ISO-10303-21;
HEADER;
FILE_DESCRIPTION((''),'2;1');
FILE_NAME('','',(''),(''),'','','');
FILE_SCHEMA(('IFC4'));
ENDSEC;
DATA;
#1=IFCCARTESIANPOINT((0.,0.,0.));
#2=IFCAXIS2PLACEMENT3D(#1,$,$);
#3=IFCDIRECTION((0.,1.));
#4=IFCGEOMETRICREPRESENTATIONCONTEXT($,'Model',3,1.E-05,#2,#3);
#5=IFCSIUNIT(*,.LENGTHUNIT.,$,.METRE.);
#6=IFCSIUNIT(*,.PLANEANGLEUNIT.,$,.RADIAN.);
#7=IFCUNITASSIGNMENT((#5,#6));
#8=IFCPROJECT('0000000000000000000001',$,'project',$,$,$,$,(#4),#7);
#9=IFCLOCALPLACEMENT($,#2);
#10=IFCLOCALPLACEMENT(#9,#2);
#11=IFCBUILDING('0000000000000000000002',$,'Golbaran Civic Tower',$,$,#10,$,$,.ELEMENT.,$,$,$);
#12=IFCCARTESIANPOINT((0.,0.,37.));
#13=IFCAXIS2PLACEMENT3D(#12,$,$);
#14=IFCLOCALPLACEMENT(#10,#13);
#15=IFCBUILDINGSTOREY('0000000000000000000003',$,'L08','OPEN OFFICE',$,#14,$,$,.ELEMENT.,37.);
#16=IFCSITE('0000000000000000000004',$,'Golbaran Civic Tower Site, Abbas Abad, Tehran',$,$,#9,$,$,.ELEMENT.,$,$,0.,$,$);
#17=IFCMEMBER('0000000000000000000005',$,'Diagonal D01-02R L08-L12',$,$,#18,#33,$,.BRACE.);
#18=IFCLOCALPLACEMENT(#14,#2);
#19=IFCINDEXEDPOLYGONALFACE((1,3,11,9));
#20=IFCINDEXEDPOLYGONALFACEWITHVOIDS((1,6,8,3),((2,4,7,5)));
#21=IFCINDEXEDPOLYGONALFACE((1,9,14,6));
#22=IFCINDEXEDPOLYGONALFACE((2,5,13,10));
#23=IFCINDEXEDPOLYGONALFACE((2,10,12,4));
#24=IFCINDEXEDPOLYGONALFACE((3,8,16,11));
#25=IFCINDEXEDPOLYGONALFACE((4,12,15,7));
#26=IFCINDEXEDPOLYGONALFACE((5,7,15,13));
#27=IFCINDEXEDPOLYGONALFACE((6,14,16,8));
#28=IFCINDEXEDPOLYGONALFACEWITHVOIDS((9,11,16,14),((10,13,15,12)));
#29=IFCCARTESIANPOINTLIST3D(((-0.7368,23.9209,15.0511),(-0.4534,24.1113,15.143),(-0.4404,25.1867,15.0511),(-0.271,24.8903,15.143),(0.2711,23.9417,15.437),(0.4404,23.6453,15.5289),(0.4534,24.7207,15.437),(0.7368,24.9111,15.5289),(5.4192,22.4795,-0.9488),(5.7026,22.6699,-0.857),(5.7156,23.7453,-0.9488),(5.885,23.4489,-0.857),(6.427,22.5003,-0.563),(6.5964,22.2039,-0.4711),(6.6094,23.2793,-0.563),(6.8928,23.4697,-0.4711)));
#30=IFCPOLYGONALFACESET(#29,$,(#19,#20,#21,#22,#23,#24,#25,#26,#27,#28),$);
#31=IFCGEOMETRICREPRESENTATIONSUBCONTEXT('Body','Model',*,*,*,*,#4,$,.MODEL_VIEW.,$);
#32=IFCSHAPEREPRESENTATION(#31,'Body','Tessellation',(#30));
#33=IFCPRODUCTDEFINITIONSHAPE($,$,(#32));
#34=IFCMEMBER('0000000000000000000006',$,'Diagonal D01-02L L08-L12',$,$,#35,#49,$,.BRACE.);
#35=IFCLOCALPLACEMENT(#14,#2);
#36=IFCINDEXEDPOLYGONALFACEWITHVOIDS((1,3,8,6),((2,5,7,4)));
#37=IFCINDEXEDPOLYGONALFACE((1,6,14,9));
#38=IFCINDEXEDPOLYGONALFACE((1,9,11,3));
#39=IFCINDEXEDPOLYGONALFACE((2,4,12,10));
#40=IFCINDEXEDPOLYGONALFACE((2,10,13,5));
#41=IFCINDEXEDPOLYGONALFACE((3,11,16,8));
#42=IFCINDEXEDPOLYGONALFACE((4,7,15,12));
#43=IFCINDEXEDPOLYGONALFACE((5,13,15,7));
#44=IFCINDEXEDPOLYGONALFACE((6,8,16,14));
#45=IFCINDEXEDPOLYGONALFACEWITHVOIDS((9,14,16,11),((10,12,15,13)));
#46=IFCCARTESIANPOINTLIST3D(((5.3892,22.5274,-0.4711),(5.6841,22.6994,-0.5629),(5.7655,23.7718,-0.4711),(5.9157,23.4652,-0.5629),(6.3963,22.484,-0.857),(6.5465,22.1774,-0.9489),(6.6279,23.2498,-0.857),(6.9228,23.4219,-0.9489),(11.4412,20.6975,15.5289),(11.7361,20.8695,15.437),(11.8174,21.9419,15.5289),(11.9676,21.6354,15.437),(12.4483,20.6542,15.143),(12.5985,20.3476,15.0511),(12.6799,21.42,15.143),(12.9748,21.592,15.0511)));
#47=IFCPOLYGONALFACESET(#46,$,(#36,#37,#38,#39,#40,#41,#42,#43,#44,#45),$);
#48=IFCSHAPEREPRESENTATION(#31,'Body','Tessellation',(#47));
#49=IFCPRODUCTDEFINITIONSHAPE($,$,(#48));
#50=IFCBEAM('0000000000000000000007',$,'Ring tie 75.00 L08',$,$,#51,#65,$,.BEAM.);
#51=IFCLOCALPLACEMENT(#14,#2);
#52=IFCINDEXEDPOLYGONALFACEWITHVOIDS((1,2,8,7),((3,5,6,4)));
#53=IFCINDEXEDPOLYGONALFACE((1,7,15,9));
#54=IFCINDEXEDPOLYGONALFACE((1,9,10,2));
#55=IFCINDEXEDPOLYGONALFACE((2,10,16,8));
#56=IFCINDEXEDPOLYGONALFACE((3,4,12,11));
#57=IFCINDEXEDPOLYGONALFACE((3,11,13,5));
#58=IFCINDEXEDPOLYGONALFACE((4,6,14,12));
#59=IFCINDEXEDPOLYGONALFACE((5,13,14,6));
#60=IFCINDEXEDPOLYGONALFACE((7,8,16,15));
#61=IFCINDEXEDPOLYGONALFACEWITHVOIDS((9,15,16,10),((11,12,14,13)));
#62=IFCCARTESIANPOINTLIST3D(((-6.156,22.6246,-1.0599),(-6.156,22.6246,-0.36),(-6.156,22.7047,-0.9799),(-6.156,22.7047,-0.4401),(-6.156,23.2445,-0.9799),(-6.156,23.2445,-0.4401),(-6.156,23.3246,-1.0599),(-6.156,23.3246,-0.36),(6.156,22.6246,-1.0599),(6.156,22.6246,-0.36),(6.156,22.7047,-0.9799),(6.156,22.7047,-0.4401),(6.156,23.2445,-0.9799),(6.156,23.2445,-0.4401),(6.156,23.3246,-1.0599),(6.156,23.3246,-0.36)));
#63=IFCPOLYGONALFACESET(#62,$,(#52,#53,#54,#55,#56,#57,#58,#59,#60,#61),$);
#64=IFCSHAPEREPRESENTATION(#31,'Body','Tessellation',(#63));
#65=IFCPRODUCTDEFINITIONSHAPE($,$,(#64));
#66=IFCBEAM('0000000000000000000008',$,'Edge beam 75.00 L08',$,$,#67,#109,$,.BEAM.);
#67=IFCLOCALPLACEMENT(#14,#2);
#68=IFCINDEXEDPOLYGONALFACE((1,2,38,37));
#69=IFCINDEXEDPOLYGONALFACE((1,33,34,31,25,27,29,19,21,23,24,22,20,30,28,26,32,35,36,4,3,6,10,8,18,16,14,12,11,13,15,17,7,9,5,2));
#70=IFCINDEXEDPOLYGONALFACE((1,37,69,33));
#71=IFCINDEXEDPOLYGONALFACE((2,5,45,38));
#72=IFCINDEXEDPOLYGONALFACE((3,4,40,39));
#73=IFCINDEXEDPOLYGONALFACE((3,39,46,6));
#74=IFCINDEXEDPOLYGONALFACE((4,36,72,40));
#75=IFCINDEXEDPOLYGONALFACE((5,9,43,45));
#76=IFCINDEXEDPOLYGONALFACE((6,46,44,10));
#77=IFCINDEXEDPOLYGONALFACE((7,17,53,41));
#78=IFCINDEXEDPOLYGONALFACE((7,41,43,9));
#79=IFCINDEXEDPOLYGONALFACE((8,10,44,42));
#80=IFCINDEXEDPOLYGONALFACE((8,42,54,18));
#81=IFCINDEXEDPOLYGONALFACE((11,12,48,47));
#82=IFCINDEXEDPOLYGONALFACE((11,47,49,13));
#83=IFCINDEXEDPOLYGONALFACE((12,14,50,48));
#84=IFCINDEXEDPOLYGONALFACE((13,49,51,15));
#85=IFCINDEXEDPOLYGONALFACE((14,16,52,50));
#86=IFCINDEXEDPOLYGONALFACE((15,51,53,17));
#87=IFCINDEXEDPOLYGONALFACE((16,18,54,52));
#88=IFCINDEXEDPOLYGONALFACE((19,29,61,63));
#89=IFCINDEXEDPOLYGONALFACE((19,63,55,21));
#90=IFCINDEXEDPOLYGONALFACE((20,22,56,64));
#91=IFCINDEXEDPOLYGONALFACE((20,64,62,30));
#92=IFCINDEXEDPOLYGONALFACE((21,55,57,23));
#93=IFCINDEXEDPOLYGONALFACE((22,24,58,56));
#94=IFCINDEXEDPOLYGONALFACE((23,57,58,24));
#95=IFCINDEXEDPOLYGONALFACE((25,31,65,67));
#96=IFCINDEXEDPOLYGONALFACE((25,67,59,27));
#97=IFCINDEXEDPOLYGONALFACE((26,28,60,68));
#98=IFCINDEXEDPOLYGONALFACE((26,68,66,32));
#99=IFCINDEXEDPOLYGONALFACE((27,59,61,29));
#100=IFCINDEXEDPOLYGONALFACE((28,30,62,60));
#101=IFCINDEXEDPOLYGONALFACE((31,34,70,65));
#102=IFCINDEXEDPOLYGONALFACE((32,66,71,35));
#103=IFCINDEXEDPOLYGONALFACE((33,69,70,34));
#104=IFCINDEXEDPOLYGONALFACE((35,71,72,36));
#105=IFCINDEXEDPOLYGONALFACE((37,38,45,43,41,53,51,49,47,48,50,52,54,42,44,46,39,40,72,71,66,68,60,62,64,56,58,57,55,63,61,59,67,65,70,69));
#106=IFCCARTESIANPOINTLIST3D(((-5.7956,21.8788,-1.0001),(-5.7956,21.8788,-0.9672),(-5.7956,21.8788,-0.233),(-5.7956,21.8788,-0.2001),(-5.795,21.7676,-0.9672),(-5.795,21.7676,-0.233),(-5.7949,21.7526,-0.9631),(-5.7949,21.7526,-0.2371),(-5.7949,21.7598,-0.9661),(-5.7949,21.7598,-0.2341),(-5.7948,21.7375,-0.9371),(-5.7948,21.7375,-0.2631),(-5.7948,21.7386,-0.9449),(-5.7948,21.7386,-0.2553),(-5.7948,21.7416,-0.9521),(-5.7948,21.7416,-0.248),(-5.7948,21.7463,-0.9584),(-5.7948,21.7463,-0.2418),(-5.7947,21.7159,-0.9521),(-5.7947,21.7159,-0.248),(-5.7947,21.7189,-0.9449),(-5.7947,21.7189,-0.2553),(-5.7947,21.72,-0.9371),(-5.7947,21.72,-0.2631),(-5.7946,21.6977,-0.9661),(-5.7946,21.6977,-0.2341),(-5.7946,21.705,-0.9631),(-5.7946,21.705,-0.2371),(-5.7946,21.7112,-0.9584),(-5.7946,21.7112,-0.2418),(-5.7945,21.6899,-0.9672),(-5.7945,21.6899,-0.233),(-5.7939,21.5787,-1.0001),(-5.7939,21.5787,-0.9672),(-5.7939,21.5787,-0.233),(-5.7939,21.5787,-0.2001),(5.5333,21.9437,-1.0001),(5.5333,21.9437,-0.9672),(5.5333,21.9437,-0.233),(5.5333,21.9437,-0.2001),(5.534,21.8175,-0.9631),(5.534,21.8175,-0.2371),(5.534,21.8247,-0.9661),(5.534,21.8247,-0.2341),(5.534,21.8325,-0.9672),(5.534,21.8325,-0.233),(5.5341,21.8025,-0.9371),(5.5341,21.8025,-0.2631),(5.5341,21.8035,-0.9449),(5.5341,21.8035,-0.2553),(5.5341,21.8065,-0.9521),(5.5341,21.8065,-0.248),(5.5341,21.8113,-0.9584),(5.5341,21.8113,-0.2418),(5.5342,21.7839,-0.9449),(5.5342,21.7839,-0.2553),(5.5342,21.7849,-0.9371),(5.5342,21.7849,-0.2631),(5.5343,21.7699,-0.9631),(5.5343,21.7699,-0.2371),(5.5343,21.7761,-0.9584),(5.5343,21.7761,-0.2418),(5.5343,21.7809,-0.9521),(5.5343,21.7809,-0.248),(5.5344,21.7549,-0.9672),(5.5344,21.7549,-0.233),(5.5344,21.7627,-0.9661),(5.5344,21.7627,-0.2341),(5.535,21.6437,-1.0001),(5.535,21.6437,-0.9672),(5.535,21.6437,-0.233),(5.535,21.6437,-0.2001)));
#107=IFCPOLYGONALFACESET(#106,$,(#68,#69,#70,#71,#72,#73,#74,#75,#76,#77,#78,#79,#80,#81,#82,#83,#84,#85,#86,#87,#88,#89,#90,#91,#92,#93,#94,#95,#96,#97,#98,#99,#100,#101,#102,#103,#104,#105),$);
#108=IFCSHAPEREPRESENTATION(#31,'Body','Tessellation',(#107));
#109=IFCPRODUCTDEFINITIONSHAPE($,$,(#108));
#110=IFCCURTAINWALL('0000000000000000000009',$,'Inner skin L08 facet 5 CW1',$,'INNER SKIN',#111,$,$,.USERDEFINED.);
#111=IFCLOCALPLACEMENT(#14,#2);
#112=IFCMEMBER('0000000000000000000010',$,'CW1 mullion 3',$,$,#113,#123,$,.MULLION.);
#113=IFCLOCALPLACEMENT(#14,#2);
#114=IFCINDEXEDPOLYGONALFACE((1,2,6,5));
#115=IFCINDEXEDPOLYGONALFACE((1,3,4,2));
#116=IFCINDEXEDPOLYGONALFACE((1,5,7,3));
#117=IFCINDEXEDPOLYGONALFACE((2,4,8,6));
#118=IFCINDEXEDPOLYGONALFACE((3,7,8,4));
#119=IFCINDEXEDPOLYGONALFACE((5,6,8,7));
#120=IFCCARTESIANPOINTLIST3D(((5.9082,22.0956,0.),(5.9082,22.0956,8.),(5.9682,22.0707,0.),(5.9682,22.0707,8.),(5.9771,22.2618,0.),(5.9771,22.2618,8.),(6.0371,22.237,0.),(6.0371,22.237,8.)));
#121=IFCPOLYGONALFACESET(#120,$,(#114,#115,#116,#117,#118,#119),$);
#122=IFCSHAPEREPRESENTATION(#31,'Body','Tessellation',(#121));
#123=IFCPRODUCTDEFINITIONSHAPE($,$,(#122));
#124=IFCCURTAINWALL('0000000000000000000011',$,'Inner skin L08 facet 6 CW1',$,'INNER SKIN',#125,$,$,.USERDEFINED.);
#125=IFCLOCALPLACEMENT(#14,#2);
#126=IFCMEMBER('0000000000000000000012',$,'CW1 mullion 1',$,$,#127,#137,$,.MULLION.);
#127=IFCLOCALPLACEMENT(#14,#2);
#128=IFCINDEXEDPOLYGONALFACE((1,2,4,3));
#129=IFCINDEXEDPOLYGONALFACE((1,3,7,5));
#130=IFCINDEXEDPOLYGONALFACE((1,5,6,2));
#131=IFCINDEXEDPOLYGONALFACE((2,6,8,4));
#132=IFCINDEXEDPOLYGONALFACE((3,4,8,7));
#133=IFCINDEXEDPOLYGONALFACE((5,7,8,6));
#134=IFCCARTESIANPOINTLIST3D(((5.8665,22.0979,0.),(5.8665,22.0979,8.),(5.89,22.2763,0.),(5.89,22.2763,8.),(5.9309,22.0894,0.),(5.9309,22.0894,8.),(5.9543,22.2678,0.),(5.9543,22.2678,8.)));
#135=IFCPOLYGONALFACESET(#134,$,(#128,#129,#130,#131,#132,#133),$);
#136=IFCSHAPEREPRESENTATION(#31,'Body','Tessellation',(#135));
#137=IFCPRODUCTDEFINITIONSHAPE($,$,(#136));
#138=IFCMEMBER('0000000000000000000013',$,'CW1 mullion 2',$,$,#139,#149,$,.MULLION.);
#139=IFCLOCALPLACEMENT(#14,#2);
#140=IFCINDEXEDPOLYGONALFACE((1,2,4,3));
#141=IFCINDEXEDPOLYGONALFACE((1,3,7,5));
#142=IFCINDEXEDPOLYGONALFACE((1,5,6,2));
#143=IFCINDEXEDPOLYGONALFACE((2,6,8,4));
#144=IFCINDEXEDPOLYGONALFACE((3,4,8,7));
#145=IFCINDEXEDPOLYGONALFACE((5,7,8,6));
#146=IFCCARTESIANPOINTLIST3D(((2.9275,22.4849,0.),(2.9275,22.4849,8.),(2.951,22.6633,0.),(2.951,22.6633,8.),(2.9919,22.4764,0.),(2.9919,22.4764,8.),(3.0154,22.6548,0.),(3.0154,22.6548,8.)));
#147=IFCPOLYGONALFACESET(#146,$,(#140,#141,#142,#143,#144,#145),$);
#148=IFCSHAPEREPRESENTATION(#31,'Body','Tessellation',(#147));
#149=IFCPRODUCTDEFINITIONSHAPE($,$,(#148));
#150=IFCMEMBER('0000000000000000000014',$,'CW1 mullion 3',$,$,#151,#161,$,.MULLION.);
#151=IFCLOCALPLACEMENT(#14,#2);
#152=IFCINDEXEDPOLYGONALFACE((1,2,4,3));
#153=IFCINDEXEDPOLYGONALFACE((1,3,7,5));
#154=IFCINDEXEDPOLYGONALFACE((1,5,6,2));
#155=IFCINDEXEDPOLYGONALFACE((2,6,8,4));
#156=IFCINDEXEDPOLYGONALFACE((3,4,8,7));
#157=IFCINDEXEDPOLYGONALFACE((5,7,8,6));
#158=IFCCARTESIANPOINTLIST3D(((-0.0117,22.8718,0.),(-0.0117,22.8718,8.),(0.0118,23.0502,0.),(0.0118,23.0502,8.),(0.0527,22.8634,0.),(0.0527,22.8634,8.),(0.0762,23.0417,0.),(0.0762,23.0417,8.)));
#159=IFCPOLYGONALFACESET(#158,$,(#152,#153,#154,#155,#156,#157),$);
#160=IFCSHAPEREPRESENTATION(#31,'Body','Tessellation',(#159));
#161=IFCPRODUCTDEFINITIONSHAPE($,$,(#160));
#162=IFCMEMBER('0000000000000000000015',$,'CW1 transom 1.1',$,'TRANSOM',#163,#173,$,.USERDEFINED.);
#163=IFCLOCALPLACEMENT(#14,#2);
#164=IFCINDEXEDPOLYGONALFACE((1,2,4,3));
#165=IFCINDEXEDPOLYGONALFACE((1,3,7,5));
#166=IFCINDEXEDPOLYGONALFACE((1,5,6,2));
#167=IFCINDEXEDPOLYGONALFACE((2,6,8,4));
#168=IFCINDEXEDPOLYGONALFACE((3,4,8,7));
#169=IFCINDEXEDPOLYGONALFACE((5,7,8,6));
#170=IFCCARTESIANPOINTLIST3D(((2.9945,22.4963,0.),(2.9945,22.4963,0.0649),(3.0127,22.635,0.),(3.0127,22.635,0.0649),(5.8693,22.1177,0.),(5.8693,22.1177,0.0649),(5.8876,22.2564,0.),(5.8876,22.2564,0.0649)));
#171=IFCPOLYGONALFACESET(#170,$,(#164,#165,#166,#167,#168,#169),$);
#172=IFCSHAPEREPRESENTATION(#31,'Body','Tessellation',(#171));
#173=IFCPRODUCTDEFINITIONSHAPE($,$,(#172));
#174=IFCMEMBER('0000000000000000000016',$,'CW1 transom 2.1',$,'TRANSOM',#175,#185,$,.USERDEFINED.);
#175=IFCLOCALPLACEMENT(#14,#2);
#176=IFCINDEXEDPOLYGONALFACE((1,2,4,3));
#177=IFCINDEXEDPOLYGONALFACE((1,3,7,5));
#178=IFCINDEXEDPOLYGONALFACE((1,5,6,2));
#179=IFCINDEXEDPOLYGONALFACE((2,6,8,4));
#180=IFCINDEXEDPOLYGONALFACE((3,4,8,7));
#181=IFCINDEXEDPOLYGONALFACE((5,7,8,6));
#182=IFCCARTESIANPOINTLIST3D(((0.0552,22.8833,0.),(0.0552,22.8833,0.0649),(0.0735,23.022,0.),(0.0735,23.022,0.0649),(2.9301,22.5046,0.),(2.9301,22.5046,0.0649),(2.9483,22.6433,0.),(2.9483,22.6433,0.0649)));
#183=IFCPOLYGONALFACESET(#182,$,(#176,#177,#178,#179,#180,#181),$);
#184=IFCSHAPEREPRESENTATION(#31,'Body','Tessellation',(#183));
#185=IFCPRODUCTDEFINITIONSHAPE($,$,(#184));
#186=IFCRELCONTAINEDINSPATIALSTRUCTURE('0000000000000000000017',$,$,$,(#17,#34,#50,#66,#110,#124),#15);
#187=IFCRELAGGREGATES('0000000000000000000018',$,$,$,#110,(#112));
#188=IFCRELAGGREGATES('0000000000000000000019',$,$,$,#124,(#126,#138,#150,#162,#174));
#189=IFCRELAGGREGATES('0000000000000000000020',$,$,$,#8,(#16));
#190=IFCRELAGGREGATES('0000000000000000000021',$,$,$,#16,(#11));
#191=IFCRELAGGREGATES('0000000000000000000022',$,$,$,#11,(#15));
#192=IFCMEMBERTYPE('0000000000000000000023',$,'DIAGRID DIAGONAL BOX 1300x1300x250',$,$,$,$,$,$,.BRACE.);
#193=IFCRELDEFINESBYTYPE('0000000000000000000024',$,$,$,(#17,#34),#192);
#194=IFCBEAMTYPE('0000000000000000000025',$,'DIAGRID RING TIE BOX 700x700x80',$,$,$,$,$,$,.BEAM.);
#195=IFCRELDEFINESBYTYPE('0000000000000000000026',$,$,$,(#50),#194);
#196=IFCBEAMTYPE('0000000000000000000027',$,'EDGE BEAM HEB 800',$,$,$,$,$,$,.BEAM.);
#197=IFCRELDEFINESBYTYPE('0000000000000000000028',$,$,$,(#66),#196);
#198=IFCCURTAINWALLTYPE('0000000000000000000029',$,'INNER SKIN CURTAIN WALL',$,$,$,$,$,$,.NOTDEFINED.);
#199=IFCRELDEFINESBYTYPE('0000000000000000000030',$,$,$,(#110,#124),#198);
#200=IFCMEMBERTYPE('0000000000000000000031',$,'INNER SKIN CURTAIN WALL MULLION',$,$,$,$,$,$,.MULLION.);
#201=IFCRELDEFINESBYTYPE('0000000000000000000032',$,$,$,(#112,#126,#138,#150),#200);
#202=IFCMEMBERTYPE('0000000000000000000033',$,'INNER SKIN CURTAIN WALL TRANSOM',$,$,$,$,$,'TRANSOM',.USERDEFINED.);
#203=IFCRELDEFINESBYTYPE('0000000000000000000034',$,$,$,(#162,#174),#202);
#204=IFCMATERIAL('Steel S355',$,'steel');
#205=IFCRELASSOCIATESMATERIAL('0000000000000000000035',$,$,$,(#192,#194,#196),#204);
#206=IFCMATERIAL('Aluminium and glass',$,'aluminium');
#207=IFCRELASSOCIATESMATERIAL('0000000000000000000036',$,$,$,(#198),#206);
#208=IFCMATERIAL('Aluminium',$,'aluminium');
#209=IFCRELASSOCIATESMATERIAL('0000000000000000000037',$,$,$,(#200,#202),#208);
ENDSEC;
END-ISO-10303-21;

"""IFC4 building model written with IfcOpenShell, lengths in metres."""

from ifc_helpers import new_model, si_unit, direction, frame, origin, origin_2d, place, context, subcontext, project, spatial, rectangle, hollow_rectangle, i_section, extrude, material, material_profile, profile_set, type_object, element, aggregate, save


model = new_model("IFC4")

# Units and contexts
model_context = context("Model", 3, precision=1e-05, world=origin(), true_north=direction((0.0, 1.0)))
body_context = subcontext(model_context, "Body", "Model", "MODEL_VIEW")
ifc_project = project(units=[si_unit("LENGTHUNIT", "METRE"), si_unit("PLANEANGLEUNIT", "RADIAN")], contexts=[model_context])

# Site, building, storey
site_placement = place(None, origin())
site = spatial("IfcSite", under=ifc_project, at=site_placement, Name="Golbaran Civic Tower Site, Abbas Abad, Tehran", CompositionType="ELEMENT", RefElevation=0.0)
building_placement = place(site_placement, origin())
building = spatial("IfcBuilding", under=site, at=building_placement, Name="Golbaran Civic Tower", CompositionType="ELEMENT")
storey_placement = place(building_placement, frame((0.0, 0.0, 37.0)))
storey = spatial("IfcBuildingStorey", under=building, at=storey_placement, Name="L08", Description="OPEN OFFICE", CompositionType="ELEMENT", Elevation=37.0)

# Members
ifc_material_1 = material(Name="Steel S355", Category="steel")
ifc_material_profile_1 = material_profile(ifc_material_1, hollow_rectangle(XDim=1.3, YDim=1.3, WallThickness=0.25, at=origin_2d()), Name="BOX 1300x1300x250")
ifc_profile_set_1 = profile_set([ifc_material_profile_1], Name="Steel S355")
member_type_1 = type_object("IfcMemberType", Name="DIAGRID DIAGONAL BOX 1300x1300x250", PredefinedType="BRACE", material=ifc_profile_set_1)
for number, where, z_axis, x_axis, name in (
    (1, (6.156, 22.9746, -0.71), (-0.357826, 0.083784, 0.930022), (-0.22798, -0.973666, 0.0), "Diagonal D01-02R L08-L12"),
    (2, (6.156, 22.9746, -0.71), (0.35178, -0.106361, 0.93002), (0.289413, 0.957204, 0.0), "Diagonal D01-02L L08-L12"),
):
    element("IfcMember", number, at=place(storey_placement, frame(where, z_axis=z_axis, x_axis=x_axis)), inside=storey, type_object=member_type_1, Name=name, PredefinedType="BRACE", context=body_context, shape_type="SweptSolid", body=[
        extrude(hollow_rectangle(XDim=1.3, YDim=1.3, WallThickness=0.25, at=origin_2d()), origin(), (0.0, 0.0, 1.0), 17.2039),
    ])

# Beams
ifc_material_profile_2 = material_profile(ifc_material_1, hollow_rectangle(XDim=0.7, YDim=0.7, WallThickness=0.0801, at=origin_2d()), Name="BOX 700x700x80")
ifc_profile_set_2 = profile_set([ifc_material_profile_2], Name="Steel S355")
beam_type_1 = type_object("IfcBeamType", Name="DIAGRID RING TIE BOX 700x700x80", PredefinedType="BEAM", material=ifc_profile_set_2)
beam_1_placement = place(storey_placement, frame((6.156, 22.9746, -0.71), z_axis=(-1.0, 0.0, 0.0), x_axis=(0.0, -1.0, 0.0)))
element("IfcBeam", 3, at=beam_1_placement, inside=storey, type_object=beam_type_1, Name="Ring tie 75.00 L08", PredefinedType="BEAM", context=body_context, shape_type="SweptSolid", body=[
    extrude(hollow_rectangle(XDim=0.7, YDim=0.7, WallThickness=0.0801, at=origin_2d()), origin(), (0.0, 0.0, 1.0), 12.312),
])
ifc_material_profile_3 = material_profile(ifc_material_1, i_section(OverallWidth=0.3, OverallDepth=0.8, WebThickness=0.0176, FlangeThickness=0.033, FilletRadius=0.03, at=origin_2d()), Name="HEB 800")
ifc_profile_set_3 = profile_set([ifc_material_profile_3], Name="Steel S355")
beam_type_2 = type_object("IfcBeamType", Name="EDGE BEAM HEB 800", PredefinedType="BEAM", material=ifc_profile_set_3)
beam_2_placement = place(storey_placement, frame((5.5342, 21.7937, -0.6001), z_axis=(-0.999984, -0.005732, 0.0), x_axis=(0.005732, -0.999984, 0.0)))
element("IfcBeam", 4, at=beam_2_placement, inside=storey, type_object=beam_type_2, Name="Edge beam 75.00 L08", PredefinedType="BEAM", context=body_context, shape_type="SweptSolid", body=[
    extrude(i_section(OverallWidth=0.3, OverallDepth=0.8, WebThickness=0.0176, FlangeThickness=0.033, FilletRadius=0.03, at=origin_2d()), origin(), (0.0, 0.0, 1.0), 11.3291),
])

# Curtain wall, member
ifc_material_2 = material(Name="Aluminium and glass", Category="aluminium")
curtain_wall_type_1 = type_object("IfcCurtainWallType", Name="INNER SKIN CURTAIN WALL", PredefinedType="NOTDEFINED", material=ifc_material_2)
curtain_wall_1_placement = place(storey_placement, origin())
curtain_wall_1 = element("IfcCurtainWall", 5, at=curtain_wall_1_placement, inside=storey, type_object=curtain_wall_type_1, Name="Inner skin L08 facet 5 CW1", ObjectType="INNER SKIN", PredefinedType="USERDEFINED")
ifc_material_3 = material(Name="Aluminium", Category="aluminium")
ifc_material_profile_4 = material_profile(ifc_material_3, rectangle(XDim=0.1799, YDim=0.0649, at=origin_2d()), Name="INNER SKIN CURTAIN WALL MULLION")
ifc_profile_set_4 = profile_set([ifc_material_profile_4], Name="Aluminium")
member_type_2 = type_object("IfcMemberType", Name="INNER SKIN CURTAIN WALL MULLION", PredefinedType="MULLION", material=ifc_profile_set_4)
member_1_placement = place(storey_placement, frame((5.9727, 22.1663, 0.0), z_axis=(0.0, 0.0, 1.0), x_axis=(-0.382683, -0.92388, 0.0)))
member_1 = element("IfcMember", 6, at=member_1_placement, type_object=member_type_2, Name="CW1 mullion 3", PredefinedType="MULLION", context=body_context, shape_type="SweptSolid", body=[
    extrude(rectangle(XDim=0.1799, YDim=0.0649, at=origin_2d()), origin(), (0.0, 0.0, 1.0), 8.0),
])

# Curtain wall, members
curtain_wall_2_placement = place(storey_placement, origin())
curtain_wall_2 = element("IfcCurtainWall", 7, at=curtain_wall_2_placement, inside=storey, type_object=curtain_wall_type_1, Name="Inner skin L08 facet 6 CW1", ObjectType="INNER SKIN", PredefinedType="USERDEFINED")
member_2_placement = place(storey_placement, frame((5.9104, 22.1829, 0.0), z_axis=(0.0, 0.0, 1.0), x_axis=(-0.130526, -0.991445, 0.0)))
member_2 = element("IfcMember", 8, at=member_2_placement, type_object=member_type_2, Name="CW1 mullion 1", PredefinedType="MULLION", context=body_context, shape_type="SweptSolid", body=[
    extrude(rectangle(XDim=0.1799, YDim=0.0649, at=origin_2d()), origin(), (0.0, 0.0, 1.0), 8.0),
])
member_3_placement = place(storey_placement, frame((2.9714, 22.5698, 0.0), z_axis=(0.0, 0.0, 1.0), x_axis=(-0.130526, -0.991445, 0.0)))
member_3 = element("IfcMember", 9, at=member_3_placement, type_object=member_type_2, Name="CW1 mullion 2", PredefinedType="MULLION", context=body_context, shape_type="SweptSolid", body=[
    extrude(rectangle(XDim=0.1799, YDim=0.0649, at=origin_2d()), origin(), (0.0, 0.0, 1.0), 8.0),
])
member_4_placement = place(storey_placement, frame((0.0322, 22.9568, 0.0), z_axis=(0.0, 0.0, 1.0), x_axis=(-0.130526, -0.991445, 0.0)))
member_4 = element("IfcMember", 10, at=member_4_placement, type_object=member_type_2, Name="CW1 mullion 3", PredefinedType="MULLION", context=body_context, shape_type="SweptSolid", body=[
    extrude(rectangle(XDim=0.1799, YDim=0.0649, at=origin_2d()), origin(), (0.0, 0.0, 1.0), 8.0),
])
ifc_material_profile_5 = material_profile(ifc_material_3, rectangle(XDim=0.1399, YDim=0.0649, at=origin_2d()), Name="INNER SKIN CURTAIN WALL TRANSOM")
ifc_profile_set_5 = profile_set([ifc_material_profile_5], Name="Aluminium")
member_type_3 = type_object("IfcMemberType", Name="INNER SKIN CURTAIN WALL TRANSOM", ElementType="TRANSOM", PredefinedType="USERDEFINED", material=ifc_profile_set_5)
member_5_placement = place(storey_placement, frame((5.8784, 22.187, 0.0325), z_axis=(-0.991436, 0.130592, 0.0), x_axis=(-0.130592, -0.991436, 0.0)))
member_5 = element("IfcMember", 11, at=member_5_placement, type_object=member_type_3, Name="CW1 transom 1.1", ObjectType="TRANSOM", PredefinedType="USERDEFINED", context=body_context, shape_type="SweptSolid", body=[
    extrude(rectangle(XDim=0.1399, YDim=0.0649, at=origin_2d()), origin(), (0.0, 0.0, 1.0), 2.8997),
])
member_6_placement = place(storey_placement, frame((2.9392, 22.574, 0.0325), z_axis=(-0.991436, 0.130592, 0.0), x_axis=(-0.130592, -0.991436, 0.0)))
member_6 = element("IfcMember", 12, at=member_6_placement, type_object=member_type_3, Name="CW1 transom 2.1", ObjectType="TRANSOM", PredefinedType="USERDEFINED", context=body_context, shape_type="SweptSolid", body=[
    extrude(rectangle(XDim=0.1399, YDim=0.0649, at=origin_2d()), origin(), (0.0, 0.0, 1.0), 2.8997),
])

aggregate(curtain_wall_1, [member_1])
aggregate(curtain_wall_2, [member_2, member_3, member_4, member_5, member_6])

save(model, "model.ifc")
